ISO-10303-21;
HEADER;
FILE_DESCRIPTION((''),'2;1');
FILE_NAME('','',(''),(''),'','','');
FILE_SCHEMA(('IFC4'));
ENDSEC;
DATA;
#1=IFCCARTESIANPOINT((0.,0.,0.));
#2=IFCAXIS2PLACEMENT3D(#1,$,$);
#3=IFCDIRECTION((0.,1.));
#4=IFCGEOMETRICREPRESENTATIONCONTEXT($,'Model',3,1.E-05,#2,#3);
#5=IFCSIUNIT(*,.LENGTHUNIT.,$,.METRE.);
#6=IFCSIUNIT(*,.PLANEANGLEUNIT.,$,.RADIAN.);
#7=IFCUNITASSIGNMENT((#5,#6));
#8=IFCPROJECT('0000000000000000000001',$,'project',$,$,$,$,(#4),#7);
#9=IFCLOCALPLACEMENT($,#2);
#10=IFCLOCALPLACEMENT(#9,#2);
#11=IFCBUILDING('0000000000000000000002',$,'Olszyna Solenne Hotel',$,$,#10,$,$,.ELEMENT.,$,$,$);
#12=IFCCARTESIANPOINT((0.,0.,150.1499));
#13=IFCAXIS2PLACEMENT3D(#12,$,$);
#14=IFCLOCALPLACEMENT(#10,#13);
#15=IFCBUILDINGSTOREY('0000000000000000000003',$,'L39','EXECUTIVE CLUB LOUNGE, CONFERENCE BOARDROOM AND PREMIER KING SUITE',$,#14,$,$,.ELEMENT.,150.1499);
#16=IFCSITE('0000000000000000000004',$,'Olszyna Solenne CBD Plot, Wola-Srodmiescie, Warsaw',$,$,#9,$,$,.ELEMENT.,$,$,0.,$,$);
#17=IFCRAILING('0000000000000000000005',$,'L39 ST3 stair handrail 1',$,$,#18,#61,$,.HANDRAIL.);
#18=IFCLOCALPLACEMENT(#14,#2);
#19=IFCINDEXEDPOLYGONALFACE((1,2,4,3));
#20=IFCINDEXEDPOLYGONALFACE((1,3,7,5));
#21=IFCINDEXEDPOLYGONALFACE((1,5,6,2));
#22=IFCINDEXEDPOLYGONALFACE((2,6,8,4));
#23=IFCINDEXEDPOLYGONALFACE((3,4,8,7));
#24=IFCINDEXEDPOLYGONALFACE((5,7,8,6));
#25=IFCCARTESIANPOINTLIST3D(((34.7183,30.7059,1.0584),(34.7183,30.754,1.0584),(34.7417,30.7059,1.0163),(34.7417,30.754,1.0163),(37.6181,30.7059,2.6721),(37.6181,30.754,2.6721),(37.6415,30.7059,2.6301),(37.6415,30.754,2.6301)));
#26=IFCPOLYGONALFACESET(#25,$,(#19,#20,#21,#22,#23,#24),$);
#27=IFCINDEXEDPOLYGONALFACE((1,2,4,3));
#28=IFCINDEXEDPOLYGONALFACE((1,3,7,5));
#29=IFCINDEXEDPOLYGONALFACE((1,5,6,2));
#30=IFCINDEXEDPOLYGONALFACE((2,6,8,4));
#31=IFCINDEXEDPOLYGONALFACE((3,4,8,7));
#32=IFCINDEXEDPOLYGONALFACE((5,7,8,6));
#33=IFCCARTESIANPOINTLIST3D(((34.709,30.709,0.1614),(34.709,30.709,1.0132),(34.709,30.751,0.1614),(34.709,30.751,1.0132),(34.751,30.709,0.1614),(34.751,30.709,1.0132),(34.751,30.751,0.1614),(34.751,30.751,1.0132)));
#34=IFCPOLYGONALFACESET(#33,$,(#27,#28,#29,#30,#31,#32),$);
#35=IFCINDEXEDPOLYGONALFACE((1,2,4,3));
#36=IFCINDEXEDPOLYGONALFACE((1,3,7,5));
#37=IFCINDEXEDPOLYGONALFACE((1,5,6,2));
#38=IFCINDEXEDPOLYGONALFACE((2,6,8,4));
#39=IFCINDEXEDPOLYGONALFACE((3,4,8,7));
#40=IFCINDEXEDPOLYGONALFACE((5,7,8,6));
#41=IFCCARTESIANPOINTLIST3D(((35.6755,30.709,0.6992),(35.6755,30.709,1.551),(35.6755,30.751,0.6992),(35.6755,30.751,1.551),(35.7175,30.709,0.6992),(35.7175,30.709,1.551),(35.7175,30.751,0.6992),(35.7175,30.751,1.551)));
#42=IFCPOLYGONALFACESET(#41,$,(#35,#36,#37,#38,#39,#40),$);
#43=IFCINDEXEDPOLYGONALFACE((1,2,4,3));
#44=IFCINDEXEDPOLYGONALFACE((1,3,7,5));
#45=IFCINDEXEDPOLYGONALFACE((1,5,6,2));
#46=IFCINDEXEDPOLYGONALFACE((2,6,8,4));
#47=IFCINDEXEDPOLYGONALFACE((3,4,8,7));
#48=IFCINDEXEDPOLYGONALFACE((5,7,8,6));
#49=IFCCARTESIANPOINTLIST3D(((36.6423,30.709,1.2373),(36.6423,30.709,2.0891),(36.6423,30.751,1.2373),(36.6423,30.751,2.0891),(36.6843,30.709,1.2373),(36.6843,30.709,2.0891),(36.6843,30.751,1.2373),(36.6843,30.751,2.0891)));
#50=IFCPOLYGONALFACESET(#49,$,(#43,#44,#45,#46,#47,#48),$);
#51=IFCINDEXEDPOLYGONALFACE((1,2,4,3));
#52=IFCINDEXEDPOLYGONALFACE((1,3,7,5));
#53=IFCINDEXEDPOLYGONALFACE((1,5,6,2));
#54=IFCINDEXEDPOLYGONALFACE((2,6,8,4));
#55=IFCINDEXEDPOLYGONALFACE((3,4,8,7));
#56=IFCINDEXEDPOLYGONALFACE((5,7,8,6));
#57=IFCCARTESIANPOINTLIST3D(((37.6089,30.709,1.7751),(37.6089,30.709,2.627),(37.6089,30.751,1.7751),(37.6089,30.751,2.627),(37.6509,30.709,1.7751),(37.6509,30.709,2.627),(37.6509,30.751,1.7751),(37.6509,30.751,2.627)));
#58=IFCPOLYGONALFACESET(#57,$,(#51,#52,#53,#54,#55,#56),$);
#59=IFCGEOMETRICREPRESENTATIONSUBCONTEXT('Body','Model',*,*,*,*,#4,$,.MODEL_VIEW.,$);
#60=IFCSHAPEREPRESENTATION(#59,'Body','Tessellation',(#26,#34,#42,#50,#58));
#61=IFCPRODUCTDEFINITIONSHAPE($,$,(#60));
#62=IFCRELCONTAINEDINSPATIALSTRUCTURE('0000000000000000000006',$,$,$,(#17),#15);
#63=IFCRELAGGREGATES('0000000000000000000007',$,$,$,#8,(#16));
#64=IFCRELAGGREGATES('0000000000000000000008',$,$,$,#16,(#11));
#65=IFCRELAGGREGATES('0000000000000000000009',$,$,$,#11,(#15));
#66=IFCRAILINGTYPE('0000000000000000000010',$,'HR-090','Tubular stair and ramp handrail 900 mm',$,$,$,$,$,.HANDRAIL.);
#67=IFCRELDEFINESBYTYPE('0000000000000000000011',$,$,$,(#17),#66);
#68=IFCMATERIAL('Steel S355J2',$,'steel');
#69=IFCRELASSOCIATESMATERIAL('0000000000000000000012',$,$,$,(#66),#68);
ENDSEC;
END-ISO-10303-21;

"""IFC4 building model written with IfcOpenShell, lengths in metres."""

from ifc_helpers import new_model, si_unit, direction, frame, origin, origin_2d, place, context, subcontext, project, spatial, rectangle, extrude, material, type_object, element, save


model = new_model("IFC4")

# Units and contexts
model_context = context("Model", 3, precision=1e-05, world=origin(), true_north=direction((0.0, 1.0)))
body_context = subcontext(model_context, "Body", "Model", "MODEL_VIEW")
ifc_project = project(units=[si_unit("LENGTHUNIT", "METRE"), si_unit("PLANEANGLEUNIT", "RADIAN")], contexts=[model_context])

# Site, building, storey
site_placement = place(None, origin())
site = spatial("IfcSite", under=ifc_project, at=site_placement, Name="Olszyna Solenne CBD Plot, Wola-Srodmiescie, Warsaw", CompositionType="ELEMENT", RefElevation=0.0)
building_placement = place(site_placement, origin())
building = spatial("IfcBuilding", under=site, at=building_placement, Name="Olszyna Solenne Hotel", CompositionType="ELEMENT")
storey_placement = place(building_placement, frame((0.0, 0.0, 150.1499)))
storey = spatial("IfcBuildingStorey", under=building, at=storey_placement, Name="L39", Description="EXECUTIVE CLUB LOUNGE, CONFERENCE BOARDROOM AND PREMIER KING SUITE", CompositionType="ELEMENT", Elevation=150.1499)

# Shared definitions
ifc_material_1 = material(Name="Steel S355J2", Category="steel")

# Railing
railing_type_1 = type_object("IfcRailingType", Name="HR-090", Description="Tubular stair and ramp handrail 900 mm", PredefinedType="HANDRAIL", material=ifc_material_1)
railing_1_placement = place(storey_placement, frame((34.73, 30.73, 0.1614)))
element("IfcRailing", 1, at=railing_1_placement, inside=storey, type_object=railing_type_1, Name="L39 ST3 stair handrail 1", PredefinedType="HANDRAIL", context=body_context, shape_type="SweptSolid", body=[
    extrude(rectangle(XDim=0.0481, YDim=0.0481, at=origin_2d()), frame((0.0, 0.0, 0.876), z_axis=(0.87381, 0.0, 0.486267), x_axis=(0.0, 1.0, 0.0)), (0.0, 0.0, 1.0), 3.3186),
    extrude(rectangle(XDim=0.042, YDim=0.042, at=origin_2d()), origin(), (0.0, 0.0, 1.0), 0.8518),
    extrude(rectangle(XDim=0.042, YDim=0.042, at=origin_2d()), frame((0.9666, 0.0, 0.5378)), (0.0, 0.0, 1.0), 0.8518),
    extrude(rectangle(XDim=0.042, YDim=0.042, at=origin_2d()), frame((1.9333, 0.0, 1.0759)), (0.0, 0.0, 1.0), 0.8518),
    extrude(rectangle(XDim=0.042, YDim=0.042, at=origin_2d()), frame((2.8999, 0.0, 1.6138)), (0.0, 0.0, 1.0), 0.8518),
])

save(model, "model.ifc")
